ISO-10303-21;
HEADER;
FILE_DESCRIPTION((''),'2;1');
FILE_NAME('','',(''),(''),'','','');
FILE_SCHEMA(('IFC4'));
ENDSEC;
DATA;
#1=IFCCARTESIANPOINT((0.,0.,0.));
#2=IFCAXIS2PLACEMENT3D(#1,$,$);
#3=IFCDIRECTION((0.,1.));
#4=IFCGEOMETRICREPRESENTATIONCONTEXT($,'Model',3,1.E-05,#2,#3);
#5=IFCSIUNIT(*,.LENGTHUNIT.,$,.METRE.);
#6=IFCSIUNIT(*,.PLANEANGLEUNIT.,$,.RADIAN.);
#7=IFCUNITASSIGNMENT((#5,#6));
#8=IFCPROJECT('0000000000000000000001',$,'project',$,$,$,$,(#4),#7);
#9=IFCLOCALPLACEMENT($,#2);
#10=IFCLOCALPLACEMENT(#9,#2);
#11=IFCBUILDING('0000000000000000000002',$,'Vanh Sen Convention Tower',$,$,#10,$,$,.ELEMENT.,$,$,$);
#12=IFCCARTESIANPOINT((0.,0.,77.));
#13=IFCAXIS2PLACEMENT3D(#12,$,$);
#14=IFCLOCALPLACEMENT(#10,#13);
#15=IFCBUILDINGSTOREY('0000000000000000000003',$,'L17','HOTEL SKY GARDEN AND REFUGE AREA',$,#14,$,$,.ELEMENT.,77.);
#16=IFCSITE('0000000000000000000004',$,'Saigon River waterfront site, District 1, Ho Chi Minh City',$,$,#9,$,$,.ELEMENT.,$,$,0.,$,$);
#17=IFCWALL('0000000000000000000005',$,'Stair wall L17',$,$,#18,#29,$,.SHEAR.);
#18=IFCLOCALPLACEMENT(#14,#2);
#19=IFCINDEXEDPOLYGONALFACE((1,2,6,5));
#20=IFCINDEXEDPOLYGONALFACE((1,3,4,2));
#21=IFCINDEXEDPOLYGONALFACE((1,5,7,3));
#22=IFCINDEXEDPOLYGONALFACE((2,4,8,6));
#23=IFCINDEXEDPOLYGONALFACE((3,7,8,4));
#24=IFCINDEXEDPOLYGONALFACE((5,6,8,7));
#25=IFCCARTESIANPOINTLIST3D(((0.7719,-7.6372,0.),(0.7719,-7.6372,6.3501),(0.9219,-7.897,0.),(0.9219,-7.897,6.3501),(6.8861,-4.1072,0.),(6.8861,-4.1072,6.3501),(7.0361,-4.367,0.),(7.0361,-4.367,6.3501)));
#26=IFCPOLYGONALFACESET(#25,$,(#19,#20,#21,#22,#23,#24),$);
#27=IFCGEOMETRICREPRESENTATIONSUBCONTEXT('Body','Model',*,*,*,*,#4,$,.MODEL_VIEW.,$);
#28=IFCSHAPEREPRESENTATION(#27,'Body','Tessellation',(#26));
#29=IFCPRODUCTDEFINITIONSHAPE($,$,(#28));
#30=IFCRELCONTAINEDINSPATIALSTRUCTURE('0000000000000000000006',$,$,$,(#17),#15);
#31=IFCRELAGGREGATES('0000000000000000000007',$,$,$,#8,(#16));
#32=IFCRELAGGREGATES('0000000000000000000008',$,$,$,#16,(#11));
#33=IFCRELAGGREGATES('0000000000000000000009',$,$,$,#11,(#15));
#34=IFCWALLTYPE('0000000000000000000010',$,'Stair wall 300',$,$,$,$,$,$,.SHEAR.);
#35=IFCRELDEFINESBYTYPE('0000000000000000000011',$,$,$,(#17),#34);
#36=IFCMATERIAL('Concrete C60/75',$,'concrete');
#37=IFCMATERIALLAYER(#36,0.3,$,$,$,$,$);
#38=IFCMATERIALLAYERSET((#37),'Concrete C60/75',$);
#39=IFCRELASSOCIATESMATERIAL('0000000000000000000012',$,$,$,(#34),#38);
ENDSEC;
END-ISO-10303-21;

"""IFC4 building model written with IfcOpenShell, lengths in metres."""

from ifc_helpers import new_model, si_unit, direction, frame, frame_2d, origin, place, context, subcontext, project, spatial, rectangle, extrude, material, layer, layer_set, type_object, element, save


model = new_model("IFC4")

# Units and contexts
model_context = context("Model", 3, precision=1e-05, world=origin(), true_north=direction((0.0, 1.0)))
body_context = subcontext(model_context, "Body", "Model", "MODEL_VIEW")
ifc_project = project(units=[si_unit("LENGTHUNIT", "METRE"), si_unit("PLANEANGLEUNIT", "RADIAN")], contexts=[model_context])

# Site, building, storey
site_placement = place(None, origin())
site = spatial("IfcSite", under=ifc_project, at=site_placement, Name="Saigon River waterfront site, District 1, Ho Chi Minh City", CompositionType="ELEMENT", RefElevation=0.0)
building_placement = place(site_placement, origin())
building = spatial("IfcBuilding", under=site, at=building_placement, Name="Vanh Sen Convention Tower", CompositionType="ELEMENT")
storey_placement = place(building_placement, frame((0.0, 0.0, 77.0)))
storey = spatial("IfcBuildingStorey", under=building, at=storey_placement, Name="L17", Description="HOTEL SKY GARDEN AND REFUGE AREA", CompositionType="ELEMENT", Elevation=77.0)

# Shared definitions
ifc_material_1 = material(Name="Concrete C60/75", Category="concrete")
ifc_layer_1 = layer(ifc_material_1, 0.3)
ifc_layer_set_1 = layer_set([ifc_layer_1], Name="Concrete C60/75")
wall_type_1 = type_object("IfcWallType", Name="Stair wall 300", PredefinedType="SHEAR", material=ifc_layer_set_1)

# Wall
for number, where, z_axis, x_axis, name in (
    (1, (0.8469, -7.7671, 0.0), (0.0, 0.0, 1.0), (0.866028, 0.499996, 0.0), "Stair wall L17"),
):
    element("IfcWall", number, at=place(storey_placement, frame(where, z_axis=z_axis, x_axis=x_axis)), inside=storey, type_object=wall_type_1, Name=name, PredefinedType="SHEAR", context=body_context, shape_type="SweptSolid", body=[
        extrude(rectangle(XDim=7.0601, YDim=0.3, at=frame_2d((3.53, 0.0))), origin(), (0.0, 0.0, 1.0), 6.3501),
    ])

save(model, "model.ifc")
